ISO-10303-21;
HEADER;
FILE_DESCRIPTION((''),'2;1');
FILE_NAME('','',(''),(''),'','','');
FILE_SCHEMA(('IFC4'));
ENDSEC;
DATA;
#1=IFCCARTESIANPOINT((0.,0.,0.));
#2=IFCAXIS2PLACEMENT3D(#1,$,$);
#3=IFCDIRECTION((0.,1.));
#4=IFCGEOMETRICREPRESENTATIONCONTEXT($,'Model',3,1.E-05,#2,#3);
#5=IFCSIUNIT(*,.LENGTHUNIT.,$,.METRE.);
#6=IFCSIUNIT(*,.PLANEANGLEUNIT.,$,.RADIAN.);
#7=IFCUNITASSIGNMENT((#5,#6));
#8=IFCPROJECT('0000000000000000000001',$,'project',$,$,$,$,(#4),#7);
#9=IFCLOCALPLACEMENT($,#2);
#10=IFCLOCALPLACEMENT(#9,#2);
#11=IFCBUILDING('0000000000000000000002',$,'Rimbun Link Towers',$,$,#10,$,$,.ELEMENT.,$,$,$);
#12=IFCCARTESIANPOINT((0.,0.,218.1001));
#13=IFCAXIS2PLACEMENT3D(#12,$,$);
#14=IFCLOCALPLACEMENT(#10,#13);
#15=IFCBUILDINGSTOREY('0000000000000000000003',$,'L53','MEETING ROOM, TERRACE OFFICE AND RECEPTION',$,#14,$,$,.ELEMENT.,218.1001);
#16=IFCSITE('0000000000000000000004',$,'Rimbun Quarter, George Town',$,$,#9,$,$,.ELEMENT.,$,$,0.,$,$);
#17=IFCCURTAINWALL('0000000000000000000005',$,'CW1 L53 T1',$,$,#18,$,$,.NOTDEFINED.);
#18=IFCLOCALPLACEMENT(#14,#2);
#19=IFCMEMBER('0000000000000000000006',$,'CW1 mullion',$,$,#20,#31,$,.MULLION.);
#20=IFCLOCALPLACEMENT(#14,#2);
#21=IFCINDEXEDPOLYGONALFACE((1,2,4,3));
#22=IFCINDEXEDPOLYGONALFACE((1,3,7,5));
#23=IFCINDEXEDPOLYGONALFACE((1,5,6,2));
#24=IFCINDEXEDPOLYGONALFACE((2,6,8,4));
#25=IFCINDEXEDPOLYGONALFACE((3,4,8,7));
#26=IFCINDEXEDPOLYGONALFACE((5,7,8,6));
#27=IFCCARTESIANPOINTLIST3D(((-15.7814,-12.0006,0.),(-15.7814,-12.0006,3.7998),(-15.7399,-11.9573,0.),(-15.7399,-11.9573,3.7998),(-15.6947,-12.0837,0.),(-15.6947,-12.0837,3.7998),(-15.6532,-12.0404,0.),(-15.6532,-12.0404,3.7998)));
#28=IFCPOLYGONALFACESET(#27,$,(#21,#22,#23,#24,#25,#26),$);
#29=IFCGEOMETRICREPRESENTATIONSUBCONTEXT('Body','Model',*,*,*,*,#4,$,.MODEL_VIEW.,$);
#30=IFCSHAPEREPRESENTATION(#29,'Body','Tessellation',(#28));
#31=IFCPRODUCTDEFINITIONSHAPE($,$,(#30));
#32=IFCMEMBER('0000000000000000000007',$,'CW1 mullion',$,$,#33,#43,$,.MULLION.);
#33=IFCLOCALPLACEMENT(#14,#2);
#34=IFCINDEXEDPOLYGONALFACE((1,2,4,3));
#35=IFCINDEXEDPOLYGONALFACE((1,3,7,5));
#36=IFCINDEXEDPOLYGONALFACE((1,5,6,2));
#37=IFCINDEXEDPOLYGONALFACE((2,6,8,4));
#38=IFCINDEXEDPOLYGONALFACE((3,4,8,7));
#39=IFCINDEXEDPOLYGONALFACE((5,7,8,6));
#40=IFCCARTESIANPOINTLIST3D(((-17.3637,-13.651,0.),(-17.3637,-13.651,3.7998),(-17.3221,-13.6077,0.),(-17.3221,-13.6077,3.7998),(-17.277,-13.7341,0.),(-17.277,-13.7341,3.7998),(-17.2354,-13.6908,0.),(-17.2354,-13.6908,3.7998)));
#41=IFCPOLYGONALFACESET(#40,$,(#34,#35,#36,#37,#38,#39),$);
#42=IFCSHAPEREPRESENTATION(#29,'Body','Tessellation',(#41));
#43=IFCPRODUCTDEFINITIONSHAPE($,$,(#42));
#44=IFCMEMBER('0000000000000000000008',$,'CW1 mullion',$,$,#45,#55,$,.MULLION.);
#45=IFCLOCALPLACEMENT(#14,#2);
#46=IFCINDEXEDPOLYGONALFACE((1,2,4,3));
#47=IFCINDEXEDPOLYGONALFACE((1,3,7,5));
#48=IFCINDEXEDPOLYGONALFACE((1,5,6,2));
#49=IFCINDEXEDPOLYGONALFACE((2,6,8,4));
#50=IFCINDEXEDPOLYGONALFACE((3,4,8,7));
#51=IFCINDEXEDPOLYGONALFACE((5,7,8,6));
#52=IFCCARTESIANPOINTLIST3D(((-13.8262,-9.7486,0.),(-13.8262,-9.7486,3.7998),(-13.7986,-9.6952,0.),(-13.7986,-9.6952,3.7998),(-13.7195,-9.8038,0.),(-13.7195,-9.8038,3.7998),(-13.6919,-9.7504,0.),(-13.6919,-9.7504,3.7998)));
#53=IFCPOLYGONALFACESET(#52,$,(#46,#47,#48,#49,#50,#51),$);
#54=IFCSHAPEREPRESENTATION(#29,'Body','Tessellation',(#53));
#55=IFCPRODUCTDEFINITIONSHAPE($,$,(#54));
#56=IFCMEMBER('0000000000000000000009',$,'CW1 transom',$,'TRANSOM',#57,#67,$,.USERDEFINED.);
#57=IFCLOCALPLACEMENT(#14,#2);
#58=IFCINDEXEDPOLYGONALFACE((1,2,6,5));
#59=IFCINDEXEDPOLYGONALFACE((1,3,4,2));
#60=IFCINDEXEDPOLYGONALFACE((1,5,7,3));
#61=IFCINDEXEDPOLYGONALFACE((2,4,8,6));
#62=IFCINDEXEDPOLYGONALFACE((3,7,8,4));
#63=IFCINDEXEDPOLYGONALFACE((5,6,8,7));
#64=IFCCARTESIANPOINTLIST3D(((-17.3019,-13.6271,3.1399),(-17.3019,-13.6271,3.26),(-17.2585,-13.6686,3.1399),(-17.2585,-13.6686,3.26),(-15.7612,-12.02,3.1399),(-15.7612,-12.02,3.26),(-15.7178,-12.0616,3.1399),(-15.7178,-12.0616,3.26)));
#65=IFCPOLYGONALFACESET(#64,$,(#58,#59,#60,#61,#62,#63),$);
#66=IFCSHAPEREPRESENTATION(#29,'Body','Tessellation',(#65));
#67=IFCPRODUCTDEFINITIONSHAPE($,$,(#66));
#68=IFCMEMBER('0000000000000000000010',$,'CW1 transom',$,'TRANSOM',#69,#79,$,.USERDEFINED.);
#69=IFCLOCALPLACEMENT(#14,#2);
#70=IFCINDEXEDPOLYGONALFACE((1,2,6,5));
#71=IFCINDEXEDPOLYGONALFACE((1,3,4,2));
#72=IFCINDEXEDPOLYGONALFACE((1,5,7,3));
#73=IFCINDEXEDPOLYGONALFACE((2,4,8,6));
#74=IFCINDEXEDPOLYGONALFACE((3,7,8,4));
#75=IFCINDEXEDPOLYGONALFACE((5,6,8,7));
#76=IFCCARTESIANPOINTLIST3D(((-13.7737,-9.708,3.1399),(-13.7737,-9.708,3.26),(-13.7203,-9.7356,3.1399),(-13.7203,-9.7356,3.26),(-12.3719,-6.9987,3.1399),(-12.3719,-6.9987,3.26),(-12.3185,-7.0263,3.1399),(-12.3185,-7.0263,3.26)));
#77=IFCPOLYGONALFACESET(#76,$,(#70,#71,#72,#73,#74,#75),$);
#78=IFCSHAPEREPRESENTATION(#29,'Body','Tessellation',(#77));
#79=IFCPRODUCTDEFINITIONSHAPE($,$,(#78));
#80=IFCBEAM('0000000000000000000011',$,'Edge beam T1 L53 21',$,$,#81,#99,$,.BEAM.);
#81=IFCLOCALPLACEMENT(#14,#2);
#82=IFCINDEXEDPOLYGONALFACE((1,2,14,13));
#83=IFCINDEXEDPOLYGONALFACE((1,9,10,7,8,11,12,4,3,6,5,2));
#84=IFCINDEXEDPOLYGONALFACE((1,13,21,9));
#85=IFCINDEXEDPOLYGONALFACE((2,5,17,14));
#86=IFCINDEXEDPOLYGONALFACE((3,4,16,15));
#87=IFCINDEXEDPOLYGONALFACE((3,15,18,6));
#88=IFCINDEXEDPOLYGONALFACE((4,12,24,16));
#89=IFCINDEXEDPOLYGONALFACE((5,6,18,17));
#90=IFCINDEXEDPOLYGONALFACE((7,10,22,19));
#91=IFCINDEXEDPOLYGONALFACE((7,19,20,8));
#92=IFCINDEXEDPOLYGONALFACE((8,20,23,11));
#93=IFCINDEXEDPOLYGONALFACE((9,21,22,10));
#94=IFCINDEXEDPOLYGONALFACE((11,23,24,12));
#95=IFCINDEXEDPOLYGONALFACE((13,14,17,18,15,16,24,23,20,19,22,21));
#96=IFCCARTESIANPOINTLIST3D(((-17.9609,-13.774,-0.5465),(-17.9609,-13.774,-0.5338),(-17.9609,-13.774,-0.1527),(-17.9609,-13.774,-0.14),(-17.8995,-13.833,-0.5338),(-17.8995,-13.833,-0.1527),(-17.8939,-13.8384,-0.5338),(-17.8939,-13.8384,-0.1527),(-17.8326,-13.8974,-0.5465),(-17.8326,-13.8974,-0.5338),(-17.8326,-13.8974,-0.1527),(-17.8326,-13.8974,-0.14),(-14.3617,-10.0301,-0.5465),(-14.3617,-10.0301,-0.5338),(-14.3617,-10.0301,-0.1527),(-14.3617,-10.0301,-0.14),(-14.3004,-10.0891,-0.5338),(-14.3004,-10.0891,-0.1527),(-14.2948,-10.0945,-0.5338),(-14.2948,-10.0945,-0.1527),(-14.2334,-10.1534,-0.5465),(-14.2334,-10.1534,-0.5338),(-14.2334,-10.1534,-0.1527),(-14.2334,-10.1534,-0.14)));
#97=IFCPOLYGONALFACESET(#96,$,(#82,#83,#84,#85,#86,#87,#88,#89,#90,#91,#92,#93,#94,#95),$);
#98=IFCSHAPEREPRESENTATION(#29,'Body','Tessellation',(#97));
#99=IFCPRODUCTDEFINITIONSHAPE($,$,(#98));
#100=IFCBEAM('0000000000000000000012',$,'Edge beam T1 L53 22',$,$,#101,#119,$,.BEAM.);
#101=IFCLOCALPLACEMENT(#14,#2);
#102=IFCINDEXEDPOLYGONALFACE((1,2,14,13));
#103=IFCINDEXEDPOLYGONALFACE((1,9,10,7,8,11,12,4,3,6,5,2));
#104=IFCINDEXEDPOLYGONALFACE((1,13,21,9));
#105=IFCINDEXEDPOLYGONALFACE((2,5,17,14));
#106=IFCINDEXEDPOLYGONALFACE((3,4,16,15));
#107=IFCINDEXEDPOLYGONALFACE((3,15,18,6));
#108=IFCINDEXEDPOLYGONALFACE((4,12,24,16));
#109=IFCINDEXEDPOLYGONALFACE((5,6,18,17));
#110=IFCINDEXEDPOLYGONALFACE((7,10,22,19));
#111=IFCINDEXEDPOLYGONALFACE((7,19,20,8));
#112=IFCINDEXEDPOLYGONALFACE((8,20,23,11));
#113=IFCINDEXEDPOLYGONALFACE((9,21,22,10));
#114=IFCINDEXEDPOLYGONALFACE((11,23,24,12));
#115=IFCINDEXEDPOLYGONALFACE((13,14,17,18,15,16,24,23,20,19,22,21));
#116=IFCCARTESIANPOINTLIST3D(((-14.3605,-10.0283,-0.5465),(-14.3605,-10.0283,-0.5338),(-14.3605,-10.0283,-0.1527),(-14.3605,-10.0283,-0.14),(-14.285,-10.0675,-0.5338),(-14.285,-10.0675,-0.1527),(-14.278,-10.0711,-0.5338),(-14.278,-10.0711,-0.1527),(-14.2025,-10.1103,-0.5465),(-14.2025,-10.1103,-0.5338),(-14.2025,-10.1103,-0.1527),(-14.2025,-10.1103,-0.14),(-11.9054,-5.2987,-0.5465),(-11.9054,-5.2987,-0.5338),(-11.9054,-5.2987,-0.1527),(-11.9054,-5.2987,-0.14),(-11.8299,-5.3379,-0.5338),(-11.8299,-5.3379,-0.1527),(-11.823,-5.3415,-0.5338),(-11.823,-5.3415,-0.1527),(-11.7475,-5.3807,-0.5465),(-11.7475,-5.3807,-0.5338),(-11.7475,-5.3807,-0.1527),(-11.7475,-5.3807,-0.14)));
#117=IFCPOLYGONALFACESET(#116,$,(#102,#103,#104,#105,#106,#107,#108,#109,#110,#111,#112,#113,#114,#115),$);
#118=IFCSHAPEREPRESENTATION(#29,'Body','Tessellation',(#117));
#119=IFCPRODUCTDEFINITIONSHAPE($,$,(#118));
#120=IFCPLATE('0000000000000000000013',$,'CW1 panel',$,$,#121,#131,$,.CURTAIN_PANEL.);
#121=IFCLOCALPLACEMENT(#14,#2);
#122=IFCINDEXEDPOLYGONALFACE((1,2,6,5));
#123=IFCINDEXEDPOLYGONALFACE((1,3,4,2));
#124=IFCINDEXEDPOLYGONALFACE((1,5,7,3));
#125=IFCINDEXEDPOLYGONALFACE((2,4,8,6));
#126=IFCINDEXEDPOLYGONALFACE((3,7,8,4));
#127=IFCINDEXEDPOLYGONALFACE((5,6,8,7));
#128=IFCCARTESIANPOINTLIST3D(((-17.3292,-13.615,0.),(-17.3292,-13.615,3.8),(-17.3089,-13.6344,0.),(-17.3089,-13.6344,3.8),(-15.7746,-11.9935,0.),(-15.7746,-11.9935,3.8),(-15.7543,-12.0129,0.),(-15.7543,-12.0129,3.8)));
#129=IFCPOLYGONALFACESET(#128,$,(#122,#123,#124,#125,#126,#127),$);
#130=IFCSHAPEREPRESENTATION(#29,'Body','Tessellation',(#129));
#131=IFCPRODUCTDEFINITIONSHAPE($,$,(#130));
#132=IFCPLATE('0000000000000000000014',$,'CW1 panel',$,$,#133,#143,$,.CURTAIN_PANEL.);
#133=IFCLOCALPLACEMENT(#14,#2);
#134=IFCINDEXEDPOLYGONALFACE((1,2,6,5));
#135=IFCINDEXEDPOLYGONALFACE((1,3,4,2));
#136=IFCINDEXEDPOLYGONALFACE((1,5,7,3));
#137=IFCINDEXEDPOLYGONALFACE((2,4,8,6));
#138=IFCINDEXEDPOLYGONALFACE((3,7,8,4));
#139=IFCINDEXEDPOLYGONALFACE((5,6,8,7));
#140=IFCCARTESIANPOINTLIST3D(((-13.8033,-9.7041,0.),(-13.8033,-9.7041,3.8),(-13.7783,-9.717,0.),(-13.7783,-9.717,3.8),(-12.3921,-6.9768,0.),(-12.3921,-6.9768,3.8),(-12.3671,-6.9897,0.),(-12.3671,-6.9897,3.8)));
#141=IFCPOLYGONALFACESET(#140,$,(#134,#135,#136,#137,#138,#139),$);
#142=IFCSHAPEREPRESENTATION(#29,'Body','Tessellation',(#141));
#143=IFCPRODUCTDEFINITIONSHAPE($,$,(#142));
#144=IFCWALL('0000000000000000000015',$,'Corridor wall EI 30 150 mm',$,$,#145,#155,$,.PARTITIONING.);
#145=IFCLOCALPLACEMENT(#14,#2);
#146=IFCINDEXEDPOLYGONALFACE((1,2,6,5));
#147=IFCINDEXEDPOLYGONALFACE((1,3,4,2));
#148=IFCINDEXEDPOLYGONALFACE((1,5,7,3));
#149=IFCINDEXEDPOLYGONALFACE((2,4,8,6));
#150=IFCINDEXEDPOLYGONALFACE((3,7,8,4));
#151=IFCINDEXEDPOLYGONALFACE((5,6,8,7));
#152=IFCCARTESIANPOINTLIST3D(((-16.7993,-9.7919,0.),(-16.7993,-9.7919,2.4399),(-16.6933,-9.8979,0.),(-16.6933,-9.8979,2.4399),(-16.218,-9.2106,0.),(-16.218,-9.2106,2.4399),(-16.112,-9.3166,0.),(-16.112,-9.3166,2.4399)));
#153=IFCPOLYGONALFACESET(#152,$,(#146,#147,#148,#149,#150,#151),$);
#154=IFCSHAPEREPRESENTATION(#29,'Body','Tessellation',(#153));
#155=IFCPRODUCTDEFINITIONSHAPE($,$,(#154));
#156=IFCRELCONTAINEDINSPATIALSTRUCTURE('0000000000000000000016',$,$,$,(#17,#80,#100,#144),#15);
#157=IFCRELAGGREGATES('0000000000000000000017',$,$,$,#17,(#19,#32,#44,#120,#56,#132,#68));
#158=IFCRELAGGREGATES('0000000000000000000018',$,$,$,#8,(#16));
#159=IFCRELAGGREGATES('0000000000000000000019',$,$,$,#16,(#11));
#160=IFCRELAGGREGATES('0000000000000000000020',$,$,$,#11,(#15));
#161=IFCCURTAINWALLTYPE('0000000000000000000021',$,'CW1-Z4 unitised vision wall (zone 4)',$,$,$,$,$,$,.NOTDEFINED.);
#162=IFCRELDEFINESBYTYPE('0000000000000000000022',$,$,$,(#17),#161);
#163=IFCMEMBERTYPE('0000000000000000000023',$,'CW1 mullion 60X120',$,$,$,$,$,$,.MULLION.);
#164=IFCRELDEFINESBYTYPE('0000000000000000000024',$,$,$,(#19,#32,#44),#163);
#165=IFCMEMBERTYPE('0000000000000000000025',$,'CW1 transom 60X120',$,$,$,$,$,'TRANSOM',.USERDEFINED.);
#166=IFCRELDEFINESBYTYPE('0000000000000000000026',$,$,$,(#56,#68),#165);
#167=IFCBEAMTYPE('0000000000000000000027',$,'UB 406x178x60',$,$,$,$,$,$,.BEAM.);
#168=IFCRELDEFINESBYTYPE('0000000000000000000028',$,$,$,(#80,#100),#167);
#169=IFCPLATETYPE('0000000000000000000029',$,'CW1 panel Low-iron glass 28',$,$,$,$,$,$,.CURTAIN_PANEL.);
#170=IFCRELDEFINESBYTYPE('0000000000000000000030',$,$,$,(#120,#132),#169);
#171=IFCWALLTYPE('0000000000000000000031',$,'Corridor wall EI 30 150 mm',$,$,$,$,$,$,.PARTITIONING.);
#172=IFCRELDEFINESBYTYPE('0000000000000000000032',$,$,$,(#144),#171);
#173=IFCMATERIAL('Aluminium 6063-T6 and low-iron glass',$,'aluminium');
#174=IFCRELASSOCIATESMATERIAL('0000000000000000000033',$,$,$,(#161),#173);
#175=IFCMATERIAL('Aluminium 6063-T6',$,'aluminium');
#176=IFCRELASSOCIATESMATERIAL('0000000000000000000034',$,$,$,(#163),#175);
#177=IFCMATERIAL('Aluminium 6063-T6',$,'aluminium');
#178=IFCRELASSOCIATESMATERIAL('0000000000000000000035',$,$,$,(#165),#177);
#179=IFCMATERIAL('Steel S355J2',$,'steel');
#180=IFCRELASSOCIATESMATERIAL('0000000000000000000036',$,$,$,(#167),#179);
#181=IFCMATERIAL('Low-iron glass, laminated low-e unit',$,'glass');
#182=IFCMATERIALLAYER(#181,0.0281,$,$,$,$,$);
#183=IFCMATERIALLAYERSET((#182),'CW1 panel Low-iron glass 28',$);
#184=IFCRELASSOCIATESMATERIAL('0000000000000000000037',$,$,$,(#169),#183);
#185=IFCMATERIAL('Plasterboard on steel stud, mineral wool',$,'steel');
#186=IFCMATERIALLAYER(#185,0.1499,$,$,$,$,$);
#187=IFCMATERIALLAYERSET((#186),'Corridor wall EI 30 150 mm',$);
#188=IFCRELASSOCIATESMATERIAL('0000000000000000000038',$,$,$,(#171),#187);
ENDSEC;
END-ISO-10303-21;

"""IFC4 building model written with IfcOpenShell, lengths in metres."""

from ifc_helpers import new_model, si_unit, direction, frame, frame_2d, origin, origin_2d, place, context, subcontext, project, spatial, rectangle, i_section, extrude, material, layer, layer_set, material_profile, profile_set, type_object, element, aggregate, save


model = new_model("IFC4")

# Units and contexts
model_context = context("Model", 3, precision=1e-05, world=origin(), true_north=direction((0.0, 1.0)))
body_context = subcontext(model_context, "Body", "Model", "MODEL_VIEW")
ifc_project = project(units=[si_unit("LENGTHUNIT", "METRE"), si_unit("PLANEANGLEUNIT", "RADIAN")], contexts=[model_context])

# Site, building, storey
site_placement = place(None, origin())
site = spatial("IfcSite", under=ifc_project, at=site_placement, Name="Rimbun Quarter, George Town", CompositionType="ELEMENT", RefElevation=0.0)
building_placement = place(site_placement, origin())
building = spatial("IfcBuilding", under=site, at=building_placement, Name="Rimbun Link Towers", CompositionType="ELEMENT")
storey_placement = place(building_placement, frame((0.0, 0.0, 218.1001)))
storey = spatial("IfcBuildingStorey", under=building, at=storey_placement, Name="L53", Description="MEETING ROOM, TERRACE OFFICE AND RECEPTION", CompositionType="ELEMENT", Elevation=218.1001)

# Curtain wall, members
ifc_material_1 = material(Name="Aluminium 6063-T6 and low-iron glass", Category="aluminium")
curtain_wall_type = type_object("IfcCurtainWallType", Name="CW1-Z4 unitised vision wall (zone 4)", PredefinedType="NOTDEFINED", material=ifc_material_1)
curtain_wall_placement = place(storey_placement, origin())
curtain_wall = element("IfcCurtainWall", 1, at=curtain_wall_placement, inside=storey, type_object=curtain_wall_type, Name="CW1 L53 T1", PredefinedType="NOTDEFINED")
ifc_material_2 = material(Name="Aluminium 6063-T6", Category="aluminium")
ifc_material_profile_1 = material_profile(ifc_material_2, rectangle(XDim=0.1201, YDim=0.0601, at=origin_2d()), Name="MULLION 60X120")
ifc_profile_set_1 = profile_set([ifc_material_profile_1], Name="Aluminium 6063-T6")
member_type_1 = type_object("IfcMemberType", Name="CW1 mullion 60X120", PredefinedType="MULLION", material=ifc_profile_set_1)
member_1_placement = place(storey_placement, frame((-15.7173, -12.0205, 0.0), z_axis=(0.0, 0.0, 1.0), x_axis=(0.721846, -0.692053, 0.0)))
member_1 = element("IfcMember", 2, at=member_1_placement, type_object=member_type_1, Name="CW1 mullion", PredefinedType="MULLION", context=body_context, shape_type="SweptSolid", body=[
    extrude(rectangle(XDim=0.1201, YDim=0.0601, at=origin_2d()), origin(), (0.0, 0.0, 1.0), 3.7998),
])
member_2_placement = place(storey_placement, frame((-17.2996, -13.6709, 0.0), z_axis=(0.0, 0.0, 1.0), x_axis=(0.721846, -0.692053, 0.0)))
member_2 = element("IfcMember", 3, at=member_2_placement, type_object=member_type_1, Name="CW1 mullion", PredefinedType="MULLION", context=body_context, shape_type="SweptSolid", body=[
    extrude(rectangle(XDim=0.1201, YDim=0.0601, at=origin_2d()), origin(), (0.0, 0.0, 1.0), 3.7998),
])
member_3_placement = place(storey_placement, frame((-13.759, -9.7495, 0.0), z_axis=(0.0, 0.0, 1.0), x_axis=(0.88815, -0.459554, 0.0)))
member_3 = element("IfcMember", 4, at=member_3_placement, type_object=member_type_1, Name="CW1 mullion", PredefinedType="MULLION", context=body_context, shape_type="SweptSolid", body=[
    extrude(rectangle(XDim=0.1201, YDim=0.0601, at=origin_2d()), origin(), (0.0, 0.0, 1.0), 3.7998),
])
ifc_material_3 = material(Name="Aluminium 6063-T6", Category="aluminium")
ifc_material_profile_2 = material_profile(ifc_material_3, rectangle(XDim=0.0601, YDim=0.1201, at=origin_2d()), Name="TRANSOM 60X120")
ifc_profile_set_2 = profile_set([ifc_material_profile_2], Name="Aluminium 6063-T6")
member_type_2 = type_object("IfcMemberType", Name="CW1 transom 60X120", ElementType="TRANSOM", PredefinedType="USERDEFINED", material=ifc_profile_set_2)
member_4_placement = place(storey_placement, frame((-15.7395, -12.0408, 3.2), z_axis=(-0.692036, -0.721863, 0.0), x_axis=(0.721863, -0.692036, 0.0)))
member_4 = element("IfcMember", 5, at=member_4_placement, type_object=member_type_2, Name="CW1 transom", ObjectType="TRANSOM", PredefinedType="USERDEFINED", context=body_context, shape_type="SweptSolid", body=[
    extrude(rectangle(XDim=0.0601, YDim=0.1201, at=origin_2d()), origin(), (0.0, 0.0, 1.0), 2.2263),
])
member_5_placement = place(storey_placement, frame((-12.3452, -7.0125, 3.2), z_axis=(-0.459527, -0.888164, 0.0), x_axis=(0.888164, -0.459527, 0.0)))
member_5 = element("IfcMember", 6, at=member_5_placement, type_object=member_type_2, Name="CW1 transom", ObjectType="TRANSOM", PredefinedType="USERDEFINED", context=body_context, shape_type="SweptSolid", body=[
    extrude(rectangle(XDim=0.0601, YDim=0.1201, at=origin_2d()), origin(), (0.0, 0.0, 1.0), 3.0505),
])

# Beams
ifc_material_4 = material(Name="Steel S355J2", Category="steel")
ifc_material_profile_3 = material_profile(ifc_material_4, i_section(OverallWidth=0.178, OverallDepth=0.4065, WebThickness=0.0078, FlangeThickness=0.0127, at=origin_2d()), Name="UB 406x178x60")
ifc_profile_set_3 = profile_set([ifc_material_profile_3], Name="Steel S355J2")
beam_type = type_object("IfcBeamType", Name="UB 406x178x60", PredefinedType="BEAM", material=ifc_profile_set_3)
beam_1_placement = place(storey_placement, frame((-17.8967, -13.8357, -0.3433), z_axis=(0.693031, 0.720908, 0.0), x_axis=(-0.720908, 0.693031, 0.0)))
element("IfcBeam", 7, at=beam_1_placement, inside=storey, type_object=beam_type, Name="Edge beam T1 L53 21", PredefinedType="BEAM", context=body_context, shape_type="SweptSolid", body=[
    extrude(i_section(OverallWidth=0.178, OverallDepth=0.4065, WebThickness=0.0078, FlangeThickness=0.0127, at=origin_2d()), origin(), (0.0, 0.0, 1.0), 5.1934),
])
beam_2_placement = place(storey_placement, frame((-14.2815, -10.0693, -0.3433), z_axis=(0.460705, 0.887553, 0.0), x_axis=(-0.887553, 0.460705, 0.0)))
element("IfcBeam", 8, at=beam_2_placement, inside=storey, type_object=beam_type, Name="Edge beam T1 L53 22", PredefinedType="BEAM", context=body_context, shape_type="SweptSolid", body=[
    extrude(i_section(OverallWidth=0.178, OverallDepth=0.4065, WebThickness=0.0078, FlangeThickness=0.0127, at=origin_2d()), origin(), (0.0, 0.0, 1.0), 5.3289),
])

# Plates
ifc_material_5 = material(Name="Low-iron glass, laminated low-e unit", Category="glass")
ifc_layer_1 = layer(ifc_material_5, 0.0281)
ifc_layer_set_1 = layer_set([ifc_layer_1], Name="CW1 panel Low-iron glass 28")
plate_type = type_object("IfcPlateType", Name="CW1 panel Low-iron glass 28", PredefinedType="CURTAIN_PANEL", material=ifc_layer_set_1)
plate_1_placement = place(storey_placement, frame((-16.5417, -12.814, 0.0), z_axis=(0.0, 0.0, 1.0), x_axis=(-0.692053, -0.721846, 0.0)))
plate_1 = element("IfcPlate", 9, at=plate_1_placement, type_object=plate_type, Name="CW1 panel", PredefinedType="CURTAIN_PANEL", context=body_context, shape_type="SweptSolid", body=[
    extrude(rectangle(XDim=2.2463, YDim=0.0281, at=origin_2d()), origin(), (0.0, 0.0, 1.0), 3.8),
])
plate_2_placement = place(storey_placement, frame((-13.0852, -8.3469, 0.0), z_axis=(0.0, 0.0, 1.0), x_axis=(-0.459554, -0.88815, 0.0)))
plate_2 = element("IfcPlate", 10, at=plate_2_placement, type_object=plate_type, Name="CW1 panel", PredefinedType="CURTAIN_PANEL", context=body_context, shape_type="SweptSolid", body=[
    extrude(rectangle(XDim=3.0708, YDim=0.0281, at=origin_2d()), origin(), (0.0, 0.0, 1.0), 3.8),
])
aggregate(curtain_wall, [member_1, member_2, member_3, plate_1, member_4, plate_2, member_5])

# Wall
ifc_material_6 = material(Name="Plasterboard on steel stud, mineral wool", Category="steel")
ifc_layer_2 = layer(ifc_material_6, 0.1499)
ifc_layer_set_2 = layer_set([ifc_layer_2], Name="Corridor wall EI 30 150 mm")
wall_type_1 = type_object("IfcWallType", Name="Corridor wall EI 30 150 mm", PredefinedType="PARTITIONING", material=ifc_layer_set_2)
wall_1_placement = place(storey_placement, frame((-16.7463, -9.845, 0.0), z_axis=(0.0, 0.0, 1.0), x_axis=(0.707107, 0.707107, 0.0)))
element("IfcWall", 11, at=wall_1_placement, inside=storey, type_object=wall_type_1, Name="Corridor wall EI 30 150 mm", PredefinedType="PARTITIONING", context=body_context, shape_type="SweptSolid", body=[
    extrude(rectangle(XDim=0.822, YDim=0.1499, at=frame_2d((0.4111, 0.0))), origin(), (0.0, 0.0, 1.0), 2.4399),
])

save(model, "model.ifc")
